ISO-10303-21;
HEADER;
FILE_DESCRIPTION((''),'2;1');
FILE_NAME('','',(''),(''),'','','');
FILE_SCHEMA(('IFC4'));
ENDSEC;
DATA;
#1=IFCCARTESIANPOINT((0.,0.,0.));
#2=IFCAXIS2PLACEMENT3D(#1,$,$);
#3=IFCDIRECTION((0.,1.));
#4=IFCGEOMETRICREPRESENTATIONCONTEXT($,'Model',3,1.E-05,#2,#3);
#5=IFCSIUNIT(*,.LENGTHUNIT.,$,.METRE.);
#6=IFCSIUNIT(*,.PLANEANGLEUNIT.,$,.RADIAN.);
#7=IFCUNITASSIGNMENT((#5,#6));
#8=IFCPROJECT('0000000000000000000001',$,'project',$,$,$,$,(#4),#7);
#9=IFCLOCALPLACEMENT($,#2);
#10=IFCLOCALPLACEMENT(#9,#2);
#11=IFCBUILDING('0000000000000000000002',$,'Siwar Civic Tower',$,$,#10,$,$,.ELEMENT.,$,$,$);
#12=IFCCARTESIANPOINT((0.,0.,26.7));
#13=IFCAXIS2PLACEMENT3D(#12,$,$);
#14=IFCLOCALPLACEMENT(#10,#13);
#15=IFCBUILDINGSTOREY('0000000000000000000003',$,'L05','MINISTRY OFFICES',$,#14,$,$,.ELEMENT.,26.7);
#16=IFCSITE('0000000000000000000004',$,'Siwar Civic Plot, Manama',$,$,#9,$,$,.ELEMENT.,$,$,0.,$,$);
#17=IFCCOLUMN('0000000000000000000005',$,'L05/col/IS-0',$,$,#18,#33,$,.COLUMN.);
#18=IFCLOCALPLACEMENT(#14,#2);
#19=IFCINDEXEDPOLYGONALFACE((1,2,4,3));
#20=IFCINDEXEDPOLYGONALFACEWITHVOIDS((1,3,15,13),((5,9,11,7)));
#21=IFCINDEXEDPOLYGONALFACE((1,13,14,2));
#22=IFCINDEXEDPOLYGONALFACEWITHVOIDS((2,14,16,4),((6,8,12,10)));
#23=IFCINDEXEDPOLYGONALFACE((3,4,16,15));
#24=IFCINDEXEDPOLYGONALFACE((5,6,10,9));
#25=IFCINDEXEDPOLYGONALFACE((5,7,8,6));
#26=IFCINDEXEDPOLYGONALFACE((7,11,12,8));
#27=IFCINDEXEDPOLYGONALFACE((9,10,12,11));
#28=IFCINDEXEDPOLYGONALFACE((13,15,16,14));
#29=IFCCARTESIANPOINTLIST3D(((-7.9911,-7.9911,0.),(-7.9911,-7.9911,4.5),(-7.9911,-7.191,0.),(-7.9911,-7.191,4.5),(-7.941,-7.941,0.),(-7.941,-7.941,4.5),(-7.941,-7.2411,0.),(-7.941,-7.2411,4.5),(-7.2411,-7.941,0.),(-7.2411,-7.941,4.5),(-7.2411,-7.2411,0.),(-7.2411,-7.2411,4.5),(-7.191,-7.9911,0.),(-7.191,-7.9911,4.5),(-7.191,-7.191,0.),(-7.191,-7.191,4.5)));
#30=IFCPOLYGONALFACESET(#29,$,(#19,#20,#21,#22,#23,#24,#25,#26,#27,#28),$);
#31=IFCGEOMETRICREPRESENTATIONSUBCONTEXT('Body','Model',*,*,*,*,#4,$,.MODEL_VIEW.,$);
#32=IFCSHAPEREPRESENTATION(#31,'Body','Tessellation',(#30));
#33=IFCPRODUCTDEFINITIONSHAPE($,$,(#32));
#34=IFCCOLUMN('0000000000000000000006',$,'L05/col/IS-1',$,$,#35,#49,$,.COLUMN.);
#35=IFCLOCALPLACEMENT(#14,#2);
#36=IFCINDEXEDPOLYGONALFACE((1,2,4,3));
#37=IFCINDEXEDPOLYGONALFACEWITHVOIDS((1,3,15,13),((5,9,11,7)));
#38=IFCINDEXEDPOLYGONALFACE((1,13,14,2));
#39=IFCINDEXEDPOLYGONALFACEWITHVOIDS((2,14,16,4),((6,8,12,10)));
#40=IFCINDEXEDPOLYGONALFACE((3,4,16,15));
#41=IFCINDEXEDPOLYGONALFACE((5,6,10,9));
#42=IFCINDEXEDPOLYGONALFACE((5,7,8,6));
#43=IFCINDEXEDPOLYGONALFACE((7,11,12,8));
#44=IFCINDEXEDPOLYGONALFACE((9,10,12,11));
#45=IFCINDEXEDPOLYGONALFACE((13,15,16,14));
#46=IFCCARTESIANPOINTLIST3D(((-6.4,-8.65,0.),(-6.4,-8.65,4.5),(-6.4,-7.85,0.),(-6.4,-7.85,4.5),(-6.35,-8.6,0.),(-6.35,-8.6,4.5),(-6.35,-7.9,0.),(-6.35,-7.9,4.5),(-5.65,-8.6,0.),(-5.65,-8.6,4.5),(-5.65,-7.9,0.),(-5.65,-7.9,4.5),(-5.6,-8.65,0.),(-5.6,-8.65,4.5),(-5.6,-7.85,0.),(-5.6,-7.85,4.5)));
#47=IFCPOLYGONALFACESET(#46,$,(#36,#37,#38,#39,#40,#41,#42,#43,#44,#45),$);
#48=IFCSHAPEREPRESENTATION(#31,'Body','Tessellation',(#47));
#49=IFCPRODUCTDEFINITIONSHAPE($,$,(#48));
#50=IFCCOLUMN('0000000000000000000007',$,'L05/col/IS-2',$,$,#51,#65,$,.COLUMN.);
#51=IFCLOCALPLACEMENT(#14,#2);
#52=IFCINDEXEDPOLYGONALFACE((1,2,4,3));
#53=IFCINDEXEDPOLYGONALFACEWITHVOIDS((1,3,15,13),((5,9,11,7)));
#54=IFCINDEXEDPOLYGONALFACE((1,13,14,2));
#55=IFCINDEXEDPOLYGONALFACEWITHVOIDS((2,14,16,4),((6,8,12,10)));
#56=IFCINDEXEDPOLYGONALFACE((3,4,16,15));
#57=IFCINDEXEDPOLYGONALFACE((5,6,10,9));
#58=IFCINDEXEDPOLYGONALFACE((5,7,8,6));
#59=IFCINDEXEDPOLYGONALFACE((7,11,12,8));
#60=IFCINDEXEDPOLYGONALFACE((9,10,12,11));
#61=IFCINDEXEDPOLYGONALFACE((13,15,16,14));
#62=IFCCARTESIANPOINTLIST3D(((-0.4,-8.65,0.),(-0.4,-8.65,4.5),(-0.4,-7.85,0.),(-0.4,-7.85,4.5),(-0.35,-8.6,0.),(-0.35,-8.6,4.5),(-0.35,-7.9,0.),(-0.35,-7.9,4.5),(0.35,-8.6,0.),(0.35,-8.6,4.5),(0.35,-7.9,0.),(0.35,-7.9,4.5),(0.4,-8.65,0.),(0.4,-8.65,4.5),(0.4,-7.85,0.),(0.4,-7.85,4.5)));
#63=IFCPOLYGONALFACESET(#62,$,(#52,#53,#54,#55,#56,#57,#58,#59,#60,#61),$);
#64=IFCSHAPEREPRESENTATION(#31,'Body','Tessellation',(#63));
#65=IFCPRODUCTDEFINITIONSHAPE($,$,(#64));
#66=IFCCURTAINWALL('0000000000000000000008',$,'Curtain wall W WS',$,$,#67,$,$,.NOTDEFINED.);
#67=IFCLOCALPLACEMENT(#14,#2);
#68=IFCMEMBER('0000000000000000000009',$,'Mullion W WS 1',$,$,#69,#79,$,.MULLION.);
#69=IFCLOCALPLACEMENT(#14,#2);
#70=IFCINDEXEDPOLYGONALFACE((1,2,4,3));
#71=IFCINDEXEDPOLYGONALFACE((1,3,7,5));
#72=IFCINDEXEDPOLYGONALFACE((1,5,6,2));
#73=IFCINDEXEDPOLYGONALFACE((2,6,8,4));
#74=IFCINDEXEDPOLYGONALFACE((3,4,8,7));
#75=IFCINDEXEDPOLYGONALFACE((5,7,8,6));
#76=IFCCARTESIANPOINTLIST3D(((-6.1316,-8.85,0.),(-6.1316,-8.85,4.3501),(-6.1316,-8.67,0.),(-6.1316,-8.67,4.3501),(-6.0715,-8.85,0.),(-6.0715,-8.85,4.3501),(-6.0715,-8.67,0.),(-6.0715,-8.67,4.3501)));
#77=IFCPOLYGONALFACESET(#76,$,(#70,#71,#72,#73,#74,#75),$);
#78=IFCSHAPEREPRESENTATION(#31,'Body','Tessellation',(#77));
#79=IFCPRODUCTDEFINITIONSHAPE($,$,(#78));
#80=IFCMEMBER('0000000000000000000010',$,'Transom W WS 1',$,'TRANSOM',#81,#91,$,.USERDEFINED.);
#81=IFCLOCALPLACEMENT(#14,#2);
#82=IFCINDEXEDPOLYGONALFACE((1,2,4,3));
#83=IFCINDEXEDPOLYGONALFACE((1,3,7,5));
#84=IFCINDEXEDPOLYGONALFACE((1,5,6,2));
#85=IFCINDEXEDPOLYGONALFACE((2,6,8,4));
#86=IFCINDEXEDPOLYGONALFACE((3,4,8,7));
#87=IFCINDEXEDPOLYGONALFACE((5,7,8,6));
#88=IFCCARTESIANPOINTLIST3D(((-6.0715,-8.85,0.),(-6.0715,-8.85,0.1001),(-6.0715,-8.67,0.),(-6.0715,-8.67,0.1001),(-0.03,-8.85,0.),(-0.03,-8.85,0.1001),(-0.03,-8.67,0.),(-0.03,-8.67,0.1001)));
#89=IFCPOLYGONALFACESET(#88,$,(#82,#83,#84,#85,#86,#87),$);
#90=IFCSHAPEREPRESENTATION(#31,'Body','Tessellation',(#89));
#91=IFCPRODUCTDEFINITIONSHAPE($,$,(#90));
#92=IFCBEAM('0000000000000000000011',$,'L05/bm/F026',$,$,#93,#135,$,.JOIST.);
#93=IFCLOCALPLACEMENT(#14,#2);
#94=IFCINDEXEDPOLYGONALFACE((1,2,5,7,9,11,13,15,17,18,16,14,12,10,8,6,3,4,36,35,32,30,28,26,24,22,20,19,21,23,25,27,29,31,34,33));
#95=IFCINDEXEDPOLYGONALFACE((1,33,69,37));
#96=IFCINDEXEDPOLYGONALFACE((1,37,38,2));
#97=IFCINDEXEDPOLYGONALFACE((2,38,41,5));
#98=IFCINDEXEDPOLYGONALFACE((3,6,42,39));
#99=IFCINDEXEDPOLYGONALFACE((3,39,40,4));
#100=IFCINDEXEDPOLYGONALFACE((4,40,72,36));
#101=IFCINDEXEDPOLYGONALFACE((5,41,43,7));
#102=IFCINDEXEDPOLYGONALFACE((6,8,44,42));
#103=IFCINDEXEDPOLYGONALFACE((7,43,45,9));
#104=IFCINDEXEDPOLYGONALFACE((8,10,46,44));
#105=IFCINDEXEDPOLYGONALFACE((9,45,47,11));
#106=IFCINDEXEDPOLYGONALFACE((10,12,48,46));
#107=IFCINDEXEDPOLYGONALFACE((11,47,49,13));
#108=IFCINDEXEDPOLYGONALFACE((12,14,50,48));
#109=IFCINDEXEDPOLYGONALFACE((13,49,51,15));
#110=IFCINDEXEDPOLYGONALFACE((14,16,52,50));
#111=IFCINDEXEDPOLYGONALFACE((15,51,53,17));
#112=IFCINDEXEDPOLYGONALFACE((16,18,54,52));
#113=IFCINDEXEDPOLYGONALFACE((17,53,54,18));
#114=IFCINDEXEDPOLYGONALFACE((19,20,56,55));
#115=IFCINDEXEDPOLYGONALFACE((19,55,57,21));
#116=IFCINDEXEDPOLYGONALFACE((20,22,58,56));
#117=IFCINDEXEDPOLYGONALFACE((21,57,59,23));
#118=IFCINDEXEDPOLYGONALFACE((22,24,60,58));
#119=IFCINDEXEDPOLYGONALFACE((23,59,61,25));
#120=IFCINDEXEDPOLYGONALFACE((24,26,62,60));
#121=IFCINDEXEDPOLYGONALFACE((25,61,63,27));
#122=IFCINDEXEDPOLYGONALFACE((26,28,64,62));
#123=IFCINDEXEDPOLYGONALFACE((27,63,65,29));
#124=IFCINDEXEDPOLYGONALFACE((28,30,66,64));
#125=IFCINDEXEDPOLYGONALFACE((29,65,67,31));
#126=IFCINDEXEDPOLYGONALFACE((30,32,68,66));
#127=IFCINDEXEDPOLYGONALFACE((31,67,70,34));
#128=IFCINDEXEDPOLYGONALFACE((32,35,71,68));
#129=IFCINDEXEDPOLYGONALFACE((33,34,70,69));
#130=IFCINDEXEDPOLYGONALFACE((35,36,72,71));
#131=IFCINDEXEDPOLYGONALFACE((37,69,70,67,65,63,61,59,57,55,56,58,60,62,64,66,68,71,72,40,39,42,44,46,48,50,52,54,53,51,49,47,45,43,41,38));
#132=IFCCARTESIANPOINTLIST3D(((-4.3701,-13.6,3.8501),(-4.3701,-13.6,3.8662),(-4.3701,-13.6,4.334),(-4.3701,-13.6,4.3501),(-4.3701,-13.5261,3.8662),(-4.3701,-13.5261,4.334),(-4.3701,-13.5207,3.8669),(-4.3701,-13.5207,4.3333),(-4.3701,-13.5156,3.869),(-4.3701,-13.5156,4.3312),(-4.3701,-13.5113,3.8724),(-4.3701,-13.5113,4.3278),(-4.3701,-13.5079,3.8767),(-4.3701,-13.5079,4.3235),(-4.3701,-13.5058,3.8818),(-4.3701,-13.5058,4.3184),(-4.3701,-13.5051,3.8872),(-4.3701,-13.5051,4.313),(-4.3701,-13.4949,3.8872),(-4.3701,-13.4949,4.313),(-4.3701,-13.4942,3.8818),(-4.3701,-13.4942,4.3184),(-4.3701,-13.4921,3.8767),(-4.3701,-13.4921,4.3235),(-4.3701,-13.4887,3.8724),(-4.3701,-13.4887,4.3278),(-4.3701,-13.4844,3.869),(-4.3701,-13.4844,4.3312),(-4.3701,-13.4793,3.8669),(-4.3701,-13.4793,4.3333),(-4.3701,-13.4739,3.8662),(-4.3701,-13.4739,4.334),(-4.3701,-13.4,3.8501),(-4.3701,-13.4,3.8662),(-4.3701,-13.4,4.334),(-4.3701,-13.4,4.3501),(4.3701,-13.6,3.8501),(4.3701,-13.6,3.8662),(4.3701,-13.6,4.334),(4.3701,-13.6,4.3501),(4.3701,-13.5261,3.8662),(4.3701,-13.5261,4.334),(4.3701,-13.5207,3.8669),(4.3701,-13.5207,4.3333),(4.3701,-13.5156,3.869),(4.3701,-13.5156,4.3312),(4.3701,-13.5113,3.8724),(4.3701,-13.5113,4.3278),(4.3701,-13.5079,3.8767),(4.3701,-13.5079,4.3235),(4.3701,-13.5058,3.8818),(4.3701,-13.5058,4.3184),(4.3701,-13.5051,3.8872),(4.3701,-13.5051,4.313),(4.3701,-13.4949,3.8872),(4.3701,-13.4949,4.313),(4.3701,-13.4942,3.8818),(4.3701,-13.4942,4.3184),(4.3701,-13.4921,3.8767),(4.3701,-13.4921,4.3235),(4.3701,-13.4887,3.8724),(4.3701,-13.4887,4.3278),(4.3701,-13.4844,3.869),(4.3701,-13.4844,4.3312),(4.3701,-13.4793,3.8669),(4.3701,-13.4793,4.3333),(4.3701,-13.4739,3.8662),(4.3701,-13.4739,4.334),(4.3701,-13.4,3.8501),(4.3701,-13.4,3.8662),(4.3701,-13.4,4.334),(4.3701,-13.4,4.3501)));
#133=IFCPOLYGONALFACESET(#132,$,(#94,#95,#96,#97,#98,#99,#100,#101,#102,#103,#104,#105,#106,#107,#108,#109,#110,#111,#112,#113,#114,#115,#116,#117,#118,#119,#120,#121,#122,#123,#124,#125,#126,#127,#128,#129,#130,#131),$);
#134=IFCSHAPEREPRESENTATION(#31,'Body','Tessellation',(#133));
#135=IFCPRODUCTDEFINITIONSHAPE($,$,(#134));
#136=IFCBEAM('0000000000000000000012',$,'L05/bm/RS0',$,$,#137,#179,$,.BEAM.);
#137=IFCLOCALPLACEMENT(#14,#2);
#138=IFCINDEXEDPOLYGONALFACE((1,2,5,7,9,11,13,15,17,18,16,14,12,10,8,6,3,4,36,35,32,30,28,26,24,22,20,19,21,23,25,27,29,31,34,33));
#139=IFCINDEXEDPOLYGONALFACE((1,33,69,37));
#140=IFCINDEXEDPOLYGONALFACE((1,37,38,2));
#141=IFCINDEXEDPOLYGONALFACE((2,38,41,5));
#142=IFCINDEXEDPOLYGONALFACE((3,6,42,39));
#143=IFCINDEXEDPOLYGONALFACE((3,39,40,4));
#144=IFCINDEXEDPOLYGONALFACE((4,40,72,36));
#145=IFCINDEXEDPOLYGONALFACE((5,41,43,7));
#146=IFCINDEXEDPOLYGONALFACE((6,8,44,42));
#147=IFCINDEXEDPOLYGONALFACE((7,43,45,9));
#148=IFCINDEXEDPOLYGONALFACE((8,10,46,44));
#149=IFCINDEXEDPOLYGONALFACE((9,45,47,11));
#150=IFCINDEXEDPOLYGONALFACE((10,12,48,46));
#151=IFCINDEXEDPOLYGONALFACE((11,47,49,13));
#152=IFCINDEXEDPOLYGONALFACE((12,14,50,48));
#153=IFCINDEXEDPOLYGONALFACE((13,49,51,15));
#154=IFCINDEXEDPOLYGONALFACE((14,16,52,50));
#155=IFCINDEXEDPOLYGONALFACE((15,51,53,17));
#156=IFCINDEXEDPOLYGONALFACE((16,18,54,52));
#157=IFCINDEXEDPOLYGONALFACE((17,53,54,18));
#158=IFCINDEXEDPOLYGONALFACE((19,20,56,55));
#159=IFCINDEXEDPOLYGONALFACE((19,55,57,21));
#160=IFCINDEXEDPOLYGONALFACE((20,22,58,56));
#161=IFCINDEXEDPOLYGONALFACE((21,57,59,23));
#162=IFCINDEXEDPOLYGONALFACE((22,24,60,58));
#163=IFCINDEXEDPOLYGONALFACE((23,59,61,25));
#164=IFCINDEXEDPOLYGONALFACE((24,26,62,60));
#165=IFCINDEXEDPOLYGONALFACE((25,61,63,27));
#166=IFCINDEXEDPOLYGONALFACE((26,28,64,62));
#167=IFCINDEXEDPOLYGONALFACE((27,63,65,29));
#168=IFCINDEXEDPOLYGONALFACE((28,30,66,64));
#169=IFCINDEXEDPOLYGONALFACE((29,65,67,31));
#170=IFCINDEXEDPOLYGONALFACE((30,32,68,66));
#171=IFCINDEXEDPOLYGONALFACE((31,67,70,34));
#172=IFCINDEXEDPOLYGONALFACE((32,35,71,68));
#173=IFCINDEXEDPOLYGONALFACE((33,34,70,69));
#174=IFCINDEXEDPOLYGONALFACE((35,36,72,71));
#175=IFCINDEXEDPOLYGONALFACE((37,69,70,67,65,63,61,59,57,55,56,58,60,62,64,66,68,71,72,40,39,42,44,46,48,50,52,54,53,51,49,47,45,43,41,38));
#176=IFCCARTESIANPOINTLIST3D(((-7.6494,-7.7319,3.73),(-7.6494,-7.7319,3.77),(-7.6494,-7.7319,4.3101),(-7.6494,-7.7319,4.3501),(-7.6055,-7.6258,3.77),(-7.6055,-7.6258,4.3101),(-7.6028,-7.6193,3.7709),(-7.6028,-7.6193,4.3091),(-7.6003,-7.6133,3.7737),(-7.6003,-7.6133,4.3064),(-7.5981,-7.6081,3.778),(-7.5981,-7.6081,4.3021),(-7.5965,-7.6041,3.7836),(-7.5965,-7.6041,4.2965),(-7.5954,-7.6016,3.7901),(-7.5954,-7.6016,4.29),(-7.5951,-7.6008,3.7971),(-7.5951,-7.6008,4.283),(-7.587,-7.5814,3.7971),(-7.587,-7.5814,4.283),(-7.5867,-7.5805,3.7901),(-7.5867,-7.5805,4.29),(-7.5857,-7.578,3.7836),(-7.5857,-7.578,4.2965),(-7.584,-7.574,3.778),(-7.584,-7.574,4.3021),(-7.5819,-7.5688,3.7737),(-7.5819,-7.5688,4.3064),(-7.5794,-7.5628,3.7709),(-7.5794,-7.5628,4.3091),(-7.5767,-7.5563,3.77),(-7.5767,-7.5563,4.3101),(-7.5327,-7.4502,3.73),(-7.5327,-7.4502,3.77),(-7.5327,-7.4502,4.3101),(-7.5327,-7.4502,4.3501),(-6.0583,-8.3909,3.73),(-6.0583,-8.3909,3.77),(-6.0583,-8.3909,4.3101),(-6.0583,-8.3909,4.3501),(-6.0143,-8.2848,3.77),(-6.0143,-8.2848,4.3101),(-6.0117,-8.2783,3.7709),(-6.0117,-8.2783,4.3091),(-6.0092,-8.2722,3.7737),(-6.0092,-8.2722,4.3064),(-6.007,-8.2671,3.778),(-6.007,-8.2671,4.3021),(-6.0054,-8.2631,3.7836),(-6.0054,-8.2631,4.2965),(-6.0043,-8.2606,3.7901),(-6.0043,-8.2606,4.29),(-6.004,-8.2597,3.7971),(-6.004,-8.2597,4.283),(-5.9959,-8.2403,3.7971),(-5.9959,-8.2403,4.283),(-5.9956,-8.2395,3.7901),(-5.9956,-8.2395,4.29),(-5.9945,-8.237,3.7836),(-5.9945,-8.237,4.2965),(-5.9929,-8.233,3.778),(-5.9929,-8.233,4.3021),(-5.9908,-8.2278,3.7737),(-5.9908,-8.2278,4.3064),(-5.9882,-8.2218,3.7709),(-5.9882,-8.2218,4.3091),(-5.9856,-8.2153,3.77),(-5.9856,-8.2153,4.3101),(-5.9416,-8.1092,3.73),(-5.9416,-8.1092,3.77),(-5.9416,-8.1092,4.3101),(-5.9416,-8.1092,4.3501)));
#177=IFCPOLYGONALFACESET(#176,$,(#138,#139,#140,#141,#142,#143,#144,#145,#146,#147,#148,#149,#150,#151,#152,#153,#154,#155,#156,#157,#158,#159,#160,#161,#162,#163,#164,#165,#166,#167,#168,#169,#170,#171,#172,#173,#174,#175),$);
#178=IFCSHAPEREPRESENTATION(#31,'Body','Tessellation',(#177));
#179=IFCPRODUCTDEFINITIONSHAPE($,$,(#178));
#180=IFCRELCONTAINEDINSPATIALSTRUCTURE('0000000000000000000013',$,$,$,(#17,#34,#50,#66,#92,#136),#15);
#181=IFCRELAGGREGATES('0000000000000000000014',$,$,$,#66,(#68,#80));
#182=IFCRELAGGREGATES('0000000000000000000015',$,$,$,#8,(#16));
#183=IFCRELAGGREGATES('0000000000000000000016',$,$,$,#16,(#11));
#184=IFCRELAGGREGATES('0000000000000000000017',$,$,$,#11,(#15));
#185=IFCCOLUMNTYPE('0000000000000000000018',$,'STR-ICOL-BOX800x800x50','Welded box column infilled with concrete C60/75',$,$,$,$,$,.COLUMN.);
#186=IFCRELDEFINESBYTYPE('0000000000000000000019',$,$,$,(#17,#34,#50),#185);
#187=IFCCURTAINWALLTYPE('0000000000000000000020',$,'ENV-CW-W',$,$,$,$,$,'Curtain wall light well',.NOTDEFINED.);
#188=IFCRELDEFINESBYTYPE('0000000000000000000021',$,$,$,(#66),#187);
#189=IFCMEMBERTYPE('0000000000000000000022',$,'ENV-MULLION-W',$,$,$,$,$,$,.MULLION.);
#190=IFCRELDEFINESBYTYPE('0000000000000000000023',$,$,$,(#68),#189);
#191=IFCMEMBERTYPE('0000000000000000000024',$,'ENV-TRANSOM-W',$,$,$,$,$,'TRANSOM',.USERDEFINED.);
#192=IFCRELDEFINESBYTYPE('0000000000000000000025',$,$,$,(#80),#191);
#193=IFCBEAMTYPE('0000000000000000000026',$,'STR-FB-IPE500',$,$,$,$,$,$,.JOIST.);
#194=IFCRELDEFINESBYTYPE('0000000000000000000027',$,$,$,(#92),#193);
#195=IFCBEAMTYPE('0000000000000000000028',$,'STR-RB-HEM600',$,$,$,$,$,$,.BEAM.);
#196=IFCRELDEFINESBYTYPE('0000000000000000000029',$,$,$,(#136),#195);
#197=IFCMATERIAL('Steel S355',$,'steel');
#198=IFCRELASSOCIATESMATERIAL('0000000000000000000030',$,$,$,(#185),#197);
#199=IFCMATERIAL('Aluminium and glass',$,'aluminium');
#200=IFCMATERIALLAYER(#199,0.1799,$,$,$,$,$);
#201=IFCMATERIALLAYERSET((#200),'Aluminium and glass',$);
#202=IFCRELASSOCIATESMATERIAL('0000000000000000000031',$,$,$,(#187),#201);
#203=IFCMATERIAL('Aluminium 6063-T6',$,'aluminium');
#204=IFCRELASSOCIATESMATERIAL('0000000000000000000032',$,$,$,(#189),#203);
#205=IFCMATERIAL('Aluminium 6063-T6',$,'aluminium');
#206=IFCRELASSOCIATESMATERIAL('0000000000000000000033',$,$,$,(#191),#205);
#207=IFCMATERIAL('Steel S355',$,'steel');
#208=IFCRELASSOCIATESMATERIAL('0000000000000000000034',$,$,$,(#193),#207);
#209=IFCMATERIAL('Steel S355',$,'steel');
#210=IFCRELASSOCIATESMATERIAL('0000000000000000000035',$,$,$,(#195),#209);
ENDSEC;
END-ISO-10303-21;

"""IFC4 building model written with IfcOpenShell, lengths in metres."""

from ifc_helpers import new_model, si_unit, direction, frame, origin, origin_2d, place, context, subcontext, project, spatial, rectangle, hollow_rectangle, i_section, extrude, material, layer, layer_set, material_profile, profile_set, type_object, element, aggregate, save


model = new_model("IFC4")

# Units and contexts
model_context = context("Model", 3, precision=1e-05, world=origin(), true_north=direction((0.0, 1.0)))
body_context = subcontext(model_context, "Body", "Model", "MODEL_VIEW")
ifc_project = project(units=[si_unit("LENGTHUNIT", "METRE"), si_unit("PLANEANGLEUNIT", "RADIAN")], contexts=[model_context])

# Site, building, storey
site_placement = place(None, origin())
site = spatial("IfcSite", under=ifc_project, at=site_placement, Name="Siwar Civic Plot, Manama", CompositionType="ELEMENT", RefElevation=0.0)
building_placement = place(site_placement, origin())
building = spatial("IfcBuilding", under=site, at=building_placement, Name="Siwar Civic Tower", CompositionType="ELEMENT")
storey_placement = place(building_placement, frame((0.0, 0.0, 26.7)))
storey = spatial("IfcBuildingStorey", under=building, at=storey_placement, Name="L05", Description="MINISTRY OFFICES", CompositionType="ELEMENT", Elevation=26.7)

# Columns
ifc_material_1 = material(Name="Steel S355", Category="steel")
ifc_material_profile_1 = material_profile(ifc_material_1, hollow_rectangle(XDim=0.8, YDim=0.8, WallThickness=0.05, at=origin_2d()), Name="BOX800x800x50")
ifc_profile_set_1 = profile_set([ifc_material_profile_1], Name="Steel S355")
column_type = type_object("IfcColumnType", Name="STR-ICOL-BOX800x800x50", Description="Welded box column infilled with concrete C60/75", PredefinedType="COLUMN", material=ifc_profile_set_1)
for number, where, z_axis, x_axis, name in (
    (1, (-7.5911, -7.5911, 0.0), (0.0, 0.0, 1.0), (1.0, 0.0, 0.0), "L05/col/IS-0"),
    (2, (-6.0, -8.25, 0.0), (0.0, 0.0, 1.0), (1.0, 0.0, 0.0), "L05/col/IS-1"),
    (3, (0.0, -8.25, 0.0), (0.0, 0.0, 1.0), (1.0, 0.0, 0.0), "L05/col/IS-2"),
):
    element("IfcColumn", number, at=place(storey_placement, frame(where, z_axis=z_axis, x_axis=x_axis)), inside=storey, type_object=column_type, Name=name, PredefinedType="COLUMN", context=body_context, shape_type="SweptSolid", body=[
        extrude(hollow_rectangle(XDim=0.8, YDim=0.8, WallThickness=0.05, at=origin_2d()), origin(), (0.0, 0.0, 1.0), 4.5),
    ])

# Curtain wall, members
ifc_material_2 = material(Name="Aluminium and glass", Category="aluminium")
ifc_layer_1 = layer(ifc_material_2, 0.1799)
ifc_layer_set_1 = layer_set([ifc_layer_1], Name="Aluminium and glass")
curtain_wall_type = type_object("IfcCurtainWallType", Name="ENV-CW-W", ElementType="Curtain wall light well", PredefinedType="NOTDEFINED", material=ifc_layer_set_1)
curtain_wall_placement = place(storey_placement, origin())
curtain_wall = element("IfcCurtainWall", 4, at=curtain_wall_placement, inside=storey, type_object=curtain_wall_type, Name="Curtain wall W WS", PredefinedType="NOTDEFINED")
ifc_material_3 = material(Name="Aluminium 6063-T6", Category="aluminium")
ifc_material_profile_2 = material_profile(ifc_material_3, rectangle(XDim=0.1799, YDim=0.0601, at=origin_2d()), Name="AL 180x60")
ifc_profile_set_2 = profile_set([ifc_material_profile_2], Name="Aluminium 6063-T6")
member_type_1 = type_object("IfcMemberType", Name="ENV-MULLION-W", PredefinedType="MULLION", material=ifc_profile_set_2)
member_1_placement = place(storey_placement, frame((-6.1016, -8.76, 0.0), z_axis=(0.0, 0.0, 1.0), x_axis=(0.0, 1.0, 0.0)))
member_1 = element("IfcMember", 5, at=member_1_placement, type_object=member_type_1, Name="Mullion W WS 1", PredefinedType="MULLION", context=body_context, shape_type="SweptSolid", body=[
    extrude(rectangle(XDim=0.1799, YDim=0.0601, at=origin_2d()), origin(), (0.0, 0.0, 1.0), 4.3501),
])
ifc_material_4 = material(Name="Aluminium 6063-T6", Category="aluminium")
ifc_material_profile_3 = material_profile(ifc_material_4, rectangle(XDim=0.1799, YDim=0.1001, at=origin_2d()), Name="AL 180x100")
ifc_profile_set_3 = profile_set([ifc_material_profile_3], Name="Aluminium 6063-T6")
member_type_2 = type_object("IfcMemberType", Name="ENV-TRANSOM-W", ElementType="TRANSOM", PredefinedType="USERDEFINED", material=ifc_profile_set_3)
member_2_placement = place(storey_placement, frame((-6.0715, -8.76, 0.05), z_axis=(1.0, 0.0, 0.0), x_axis=(0.0, 1.0, 0.0)))
member_2 = element("IfcMember", 6, at=member_2_placement, type_object=member_type_2, Name="Transom W WS 1", ObjectType="TRANSOM", PredefinedType="USERDEFINED", context=body_context, shape_type="SweptSolid", body=[
    extrude(rectangle(XDim=0.1799, YDim=0.1001, at=origin_2d()), origin(), (0.0, 0.0, 1.0), 6.0415),
])

# Beams
ifc_material_5 = material(Name="Steel S355", Category="steel")
ifc_material_profile_4 = material_profile(ifc_material_5, i_section(OverallWidth=0.2, OverallDepth=0.5, WebThickness=0.0103, FlangeThickness=0.0161, FilletRadius=0.021, at=origin_2d()), Name="IPE500")
ifc_profile_set_4 = profile_set([ifc_material_profile_4], Name="Steel S355")
beam_type_1 = type_object("IfcBeamType", Name="STR-FB-IPE500", PredefinedType="JOIST", material=ifc_profile_set_4)
beam_1_placement = place(storey_placement, frame((-4.3701, -13.5, 4.1001), z_axis=(1.0, 0.0, 0.0), x_axis=(0.0, 1.0, 0.0)))
element("IfcBeam", 7, at=beam_1_placement, inside=storey, type_object=beam_type_1, Name="L05/bm/F026", PredefinedType="JOIST", context=body_context, shape_type="SweptSolid", body=[
    extrude(i_section(OverallWidth=0.2, OverallDepth=0.5, WebThickness=0.0103, FlangeThickness=0.0161, FilletRadius=0.021, at=origin_2d()), origin(), (0.0, 0.0, 1.0), 8.7402),
])
ifc_material_6 = material(Name="Steel S355", Category="steel")
ifc_material_profile_5 = material_profile(ifc_material_6, i_section(OverallWidth=0.3049, OverallDepth=0.6201, WebThickness=0.021, FlangeThickness=0.04, FilletRadius=0.0271, at=origin_2d()), Name="HEM600")
ifc_profile_set_5 = profile_set([ifc_material_profile_5], Name="Steel S355")
beam_type_2 = type_object("IfcBeamType", Name="STR-RB-HEM600", PredefinedType="BEAM", material=ifc_profile_set_5)
beam_2_placement = place(storey_placement, frame((-7.5911, -7.5911, 4.04), z_axis=(0.923901, -0.382631, 0.0), x_axis=(0.382631, 0.923901, 0.0)))
element("IfcBeam", 8, at=beam_2_placement, inside=storey, type_object=beam_type_2, Name="L05/bm/RS0", PredefinedType="BEAM", context=body_context, shape_type="SweptSolid", body=[
    extrude(i_section(OverallWidth=0.3049, OverallDepth=0.6201, WebThickness=0.021, FlangeThickness=0.04, FilletRadius=0.0271, at=origin_2d()), origin(), (0.0, 0.0, 1.0), 1.7222),
])

aggregate(curtain_wall, [member_1, member_2])

save(model, "model.ifc")
